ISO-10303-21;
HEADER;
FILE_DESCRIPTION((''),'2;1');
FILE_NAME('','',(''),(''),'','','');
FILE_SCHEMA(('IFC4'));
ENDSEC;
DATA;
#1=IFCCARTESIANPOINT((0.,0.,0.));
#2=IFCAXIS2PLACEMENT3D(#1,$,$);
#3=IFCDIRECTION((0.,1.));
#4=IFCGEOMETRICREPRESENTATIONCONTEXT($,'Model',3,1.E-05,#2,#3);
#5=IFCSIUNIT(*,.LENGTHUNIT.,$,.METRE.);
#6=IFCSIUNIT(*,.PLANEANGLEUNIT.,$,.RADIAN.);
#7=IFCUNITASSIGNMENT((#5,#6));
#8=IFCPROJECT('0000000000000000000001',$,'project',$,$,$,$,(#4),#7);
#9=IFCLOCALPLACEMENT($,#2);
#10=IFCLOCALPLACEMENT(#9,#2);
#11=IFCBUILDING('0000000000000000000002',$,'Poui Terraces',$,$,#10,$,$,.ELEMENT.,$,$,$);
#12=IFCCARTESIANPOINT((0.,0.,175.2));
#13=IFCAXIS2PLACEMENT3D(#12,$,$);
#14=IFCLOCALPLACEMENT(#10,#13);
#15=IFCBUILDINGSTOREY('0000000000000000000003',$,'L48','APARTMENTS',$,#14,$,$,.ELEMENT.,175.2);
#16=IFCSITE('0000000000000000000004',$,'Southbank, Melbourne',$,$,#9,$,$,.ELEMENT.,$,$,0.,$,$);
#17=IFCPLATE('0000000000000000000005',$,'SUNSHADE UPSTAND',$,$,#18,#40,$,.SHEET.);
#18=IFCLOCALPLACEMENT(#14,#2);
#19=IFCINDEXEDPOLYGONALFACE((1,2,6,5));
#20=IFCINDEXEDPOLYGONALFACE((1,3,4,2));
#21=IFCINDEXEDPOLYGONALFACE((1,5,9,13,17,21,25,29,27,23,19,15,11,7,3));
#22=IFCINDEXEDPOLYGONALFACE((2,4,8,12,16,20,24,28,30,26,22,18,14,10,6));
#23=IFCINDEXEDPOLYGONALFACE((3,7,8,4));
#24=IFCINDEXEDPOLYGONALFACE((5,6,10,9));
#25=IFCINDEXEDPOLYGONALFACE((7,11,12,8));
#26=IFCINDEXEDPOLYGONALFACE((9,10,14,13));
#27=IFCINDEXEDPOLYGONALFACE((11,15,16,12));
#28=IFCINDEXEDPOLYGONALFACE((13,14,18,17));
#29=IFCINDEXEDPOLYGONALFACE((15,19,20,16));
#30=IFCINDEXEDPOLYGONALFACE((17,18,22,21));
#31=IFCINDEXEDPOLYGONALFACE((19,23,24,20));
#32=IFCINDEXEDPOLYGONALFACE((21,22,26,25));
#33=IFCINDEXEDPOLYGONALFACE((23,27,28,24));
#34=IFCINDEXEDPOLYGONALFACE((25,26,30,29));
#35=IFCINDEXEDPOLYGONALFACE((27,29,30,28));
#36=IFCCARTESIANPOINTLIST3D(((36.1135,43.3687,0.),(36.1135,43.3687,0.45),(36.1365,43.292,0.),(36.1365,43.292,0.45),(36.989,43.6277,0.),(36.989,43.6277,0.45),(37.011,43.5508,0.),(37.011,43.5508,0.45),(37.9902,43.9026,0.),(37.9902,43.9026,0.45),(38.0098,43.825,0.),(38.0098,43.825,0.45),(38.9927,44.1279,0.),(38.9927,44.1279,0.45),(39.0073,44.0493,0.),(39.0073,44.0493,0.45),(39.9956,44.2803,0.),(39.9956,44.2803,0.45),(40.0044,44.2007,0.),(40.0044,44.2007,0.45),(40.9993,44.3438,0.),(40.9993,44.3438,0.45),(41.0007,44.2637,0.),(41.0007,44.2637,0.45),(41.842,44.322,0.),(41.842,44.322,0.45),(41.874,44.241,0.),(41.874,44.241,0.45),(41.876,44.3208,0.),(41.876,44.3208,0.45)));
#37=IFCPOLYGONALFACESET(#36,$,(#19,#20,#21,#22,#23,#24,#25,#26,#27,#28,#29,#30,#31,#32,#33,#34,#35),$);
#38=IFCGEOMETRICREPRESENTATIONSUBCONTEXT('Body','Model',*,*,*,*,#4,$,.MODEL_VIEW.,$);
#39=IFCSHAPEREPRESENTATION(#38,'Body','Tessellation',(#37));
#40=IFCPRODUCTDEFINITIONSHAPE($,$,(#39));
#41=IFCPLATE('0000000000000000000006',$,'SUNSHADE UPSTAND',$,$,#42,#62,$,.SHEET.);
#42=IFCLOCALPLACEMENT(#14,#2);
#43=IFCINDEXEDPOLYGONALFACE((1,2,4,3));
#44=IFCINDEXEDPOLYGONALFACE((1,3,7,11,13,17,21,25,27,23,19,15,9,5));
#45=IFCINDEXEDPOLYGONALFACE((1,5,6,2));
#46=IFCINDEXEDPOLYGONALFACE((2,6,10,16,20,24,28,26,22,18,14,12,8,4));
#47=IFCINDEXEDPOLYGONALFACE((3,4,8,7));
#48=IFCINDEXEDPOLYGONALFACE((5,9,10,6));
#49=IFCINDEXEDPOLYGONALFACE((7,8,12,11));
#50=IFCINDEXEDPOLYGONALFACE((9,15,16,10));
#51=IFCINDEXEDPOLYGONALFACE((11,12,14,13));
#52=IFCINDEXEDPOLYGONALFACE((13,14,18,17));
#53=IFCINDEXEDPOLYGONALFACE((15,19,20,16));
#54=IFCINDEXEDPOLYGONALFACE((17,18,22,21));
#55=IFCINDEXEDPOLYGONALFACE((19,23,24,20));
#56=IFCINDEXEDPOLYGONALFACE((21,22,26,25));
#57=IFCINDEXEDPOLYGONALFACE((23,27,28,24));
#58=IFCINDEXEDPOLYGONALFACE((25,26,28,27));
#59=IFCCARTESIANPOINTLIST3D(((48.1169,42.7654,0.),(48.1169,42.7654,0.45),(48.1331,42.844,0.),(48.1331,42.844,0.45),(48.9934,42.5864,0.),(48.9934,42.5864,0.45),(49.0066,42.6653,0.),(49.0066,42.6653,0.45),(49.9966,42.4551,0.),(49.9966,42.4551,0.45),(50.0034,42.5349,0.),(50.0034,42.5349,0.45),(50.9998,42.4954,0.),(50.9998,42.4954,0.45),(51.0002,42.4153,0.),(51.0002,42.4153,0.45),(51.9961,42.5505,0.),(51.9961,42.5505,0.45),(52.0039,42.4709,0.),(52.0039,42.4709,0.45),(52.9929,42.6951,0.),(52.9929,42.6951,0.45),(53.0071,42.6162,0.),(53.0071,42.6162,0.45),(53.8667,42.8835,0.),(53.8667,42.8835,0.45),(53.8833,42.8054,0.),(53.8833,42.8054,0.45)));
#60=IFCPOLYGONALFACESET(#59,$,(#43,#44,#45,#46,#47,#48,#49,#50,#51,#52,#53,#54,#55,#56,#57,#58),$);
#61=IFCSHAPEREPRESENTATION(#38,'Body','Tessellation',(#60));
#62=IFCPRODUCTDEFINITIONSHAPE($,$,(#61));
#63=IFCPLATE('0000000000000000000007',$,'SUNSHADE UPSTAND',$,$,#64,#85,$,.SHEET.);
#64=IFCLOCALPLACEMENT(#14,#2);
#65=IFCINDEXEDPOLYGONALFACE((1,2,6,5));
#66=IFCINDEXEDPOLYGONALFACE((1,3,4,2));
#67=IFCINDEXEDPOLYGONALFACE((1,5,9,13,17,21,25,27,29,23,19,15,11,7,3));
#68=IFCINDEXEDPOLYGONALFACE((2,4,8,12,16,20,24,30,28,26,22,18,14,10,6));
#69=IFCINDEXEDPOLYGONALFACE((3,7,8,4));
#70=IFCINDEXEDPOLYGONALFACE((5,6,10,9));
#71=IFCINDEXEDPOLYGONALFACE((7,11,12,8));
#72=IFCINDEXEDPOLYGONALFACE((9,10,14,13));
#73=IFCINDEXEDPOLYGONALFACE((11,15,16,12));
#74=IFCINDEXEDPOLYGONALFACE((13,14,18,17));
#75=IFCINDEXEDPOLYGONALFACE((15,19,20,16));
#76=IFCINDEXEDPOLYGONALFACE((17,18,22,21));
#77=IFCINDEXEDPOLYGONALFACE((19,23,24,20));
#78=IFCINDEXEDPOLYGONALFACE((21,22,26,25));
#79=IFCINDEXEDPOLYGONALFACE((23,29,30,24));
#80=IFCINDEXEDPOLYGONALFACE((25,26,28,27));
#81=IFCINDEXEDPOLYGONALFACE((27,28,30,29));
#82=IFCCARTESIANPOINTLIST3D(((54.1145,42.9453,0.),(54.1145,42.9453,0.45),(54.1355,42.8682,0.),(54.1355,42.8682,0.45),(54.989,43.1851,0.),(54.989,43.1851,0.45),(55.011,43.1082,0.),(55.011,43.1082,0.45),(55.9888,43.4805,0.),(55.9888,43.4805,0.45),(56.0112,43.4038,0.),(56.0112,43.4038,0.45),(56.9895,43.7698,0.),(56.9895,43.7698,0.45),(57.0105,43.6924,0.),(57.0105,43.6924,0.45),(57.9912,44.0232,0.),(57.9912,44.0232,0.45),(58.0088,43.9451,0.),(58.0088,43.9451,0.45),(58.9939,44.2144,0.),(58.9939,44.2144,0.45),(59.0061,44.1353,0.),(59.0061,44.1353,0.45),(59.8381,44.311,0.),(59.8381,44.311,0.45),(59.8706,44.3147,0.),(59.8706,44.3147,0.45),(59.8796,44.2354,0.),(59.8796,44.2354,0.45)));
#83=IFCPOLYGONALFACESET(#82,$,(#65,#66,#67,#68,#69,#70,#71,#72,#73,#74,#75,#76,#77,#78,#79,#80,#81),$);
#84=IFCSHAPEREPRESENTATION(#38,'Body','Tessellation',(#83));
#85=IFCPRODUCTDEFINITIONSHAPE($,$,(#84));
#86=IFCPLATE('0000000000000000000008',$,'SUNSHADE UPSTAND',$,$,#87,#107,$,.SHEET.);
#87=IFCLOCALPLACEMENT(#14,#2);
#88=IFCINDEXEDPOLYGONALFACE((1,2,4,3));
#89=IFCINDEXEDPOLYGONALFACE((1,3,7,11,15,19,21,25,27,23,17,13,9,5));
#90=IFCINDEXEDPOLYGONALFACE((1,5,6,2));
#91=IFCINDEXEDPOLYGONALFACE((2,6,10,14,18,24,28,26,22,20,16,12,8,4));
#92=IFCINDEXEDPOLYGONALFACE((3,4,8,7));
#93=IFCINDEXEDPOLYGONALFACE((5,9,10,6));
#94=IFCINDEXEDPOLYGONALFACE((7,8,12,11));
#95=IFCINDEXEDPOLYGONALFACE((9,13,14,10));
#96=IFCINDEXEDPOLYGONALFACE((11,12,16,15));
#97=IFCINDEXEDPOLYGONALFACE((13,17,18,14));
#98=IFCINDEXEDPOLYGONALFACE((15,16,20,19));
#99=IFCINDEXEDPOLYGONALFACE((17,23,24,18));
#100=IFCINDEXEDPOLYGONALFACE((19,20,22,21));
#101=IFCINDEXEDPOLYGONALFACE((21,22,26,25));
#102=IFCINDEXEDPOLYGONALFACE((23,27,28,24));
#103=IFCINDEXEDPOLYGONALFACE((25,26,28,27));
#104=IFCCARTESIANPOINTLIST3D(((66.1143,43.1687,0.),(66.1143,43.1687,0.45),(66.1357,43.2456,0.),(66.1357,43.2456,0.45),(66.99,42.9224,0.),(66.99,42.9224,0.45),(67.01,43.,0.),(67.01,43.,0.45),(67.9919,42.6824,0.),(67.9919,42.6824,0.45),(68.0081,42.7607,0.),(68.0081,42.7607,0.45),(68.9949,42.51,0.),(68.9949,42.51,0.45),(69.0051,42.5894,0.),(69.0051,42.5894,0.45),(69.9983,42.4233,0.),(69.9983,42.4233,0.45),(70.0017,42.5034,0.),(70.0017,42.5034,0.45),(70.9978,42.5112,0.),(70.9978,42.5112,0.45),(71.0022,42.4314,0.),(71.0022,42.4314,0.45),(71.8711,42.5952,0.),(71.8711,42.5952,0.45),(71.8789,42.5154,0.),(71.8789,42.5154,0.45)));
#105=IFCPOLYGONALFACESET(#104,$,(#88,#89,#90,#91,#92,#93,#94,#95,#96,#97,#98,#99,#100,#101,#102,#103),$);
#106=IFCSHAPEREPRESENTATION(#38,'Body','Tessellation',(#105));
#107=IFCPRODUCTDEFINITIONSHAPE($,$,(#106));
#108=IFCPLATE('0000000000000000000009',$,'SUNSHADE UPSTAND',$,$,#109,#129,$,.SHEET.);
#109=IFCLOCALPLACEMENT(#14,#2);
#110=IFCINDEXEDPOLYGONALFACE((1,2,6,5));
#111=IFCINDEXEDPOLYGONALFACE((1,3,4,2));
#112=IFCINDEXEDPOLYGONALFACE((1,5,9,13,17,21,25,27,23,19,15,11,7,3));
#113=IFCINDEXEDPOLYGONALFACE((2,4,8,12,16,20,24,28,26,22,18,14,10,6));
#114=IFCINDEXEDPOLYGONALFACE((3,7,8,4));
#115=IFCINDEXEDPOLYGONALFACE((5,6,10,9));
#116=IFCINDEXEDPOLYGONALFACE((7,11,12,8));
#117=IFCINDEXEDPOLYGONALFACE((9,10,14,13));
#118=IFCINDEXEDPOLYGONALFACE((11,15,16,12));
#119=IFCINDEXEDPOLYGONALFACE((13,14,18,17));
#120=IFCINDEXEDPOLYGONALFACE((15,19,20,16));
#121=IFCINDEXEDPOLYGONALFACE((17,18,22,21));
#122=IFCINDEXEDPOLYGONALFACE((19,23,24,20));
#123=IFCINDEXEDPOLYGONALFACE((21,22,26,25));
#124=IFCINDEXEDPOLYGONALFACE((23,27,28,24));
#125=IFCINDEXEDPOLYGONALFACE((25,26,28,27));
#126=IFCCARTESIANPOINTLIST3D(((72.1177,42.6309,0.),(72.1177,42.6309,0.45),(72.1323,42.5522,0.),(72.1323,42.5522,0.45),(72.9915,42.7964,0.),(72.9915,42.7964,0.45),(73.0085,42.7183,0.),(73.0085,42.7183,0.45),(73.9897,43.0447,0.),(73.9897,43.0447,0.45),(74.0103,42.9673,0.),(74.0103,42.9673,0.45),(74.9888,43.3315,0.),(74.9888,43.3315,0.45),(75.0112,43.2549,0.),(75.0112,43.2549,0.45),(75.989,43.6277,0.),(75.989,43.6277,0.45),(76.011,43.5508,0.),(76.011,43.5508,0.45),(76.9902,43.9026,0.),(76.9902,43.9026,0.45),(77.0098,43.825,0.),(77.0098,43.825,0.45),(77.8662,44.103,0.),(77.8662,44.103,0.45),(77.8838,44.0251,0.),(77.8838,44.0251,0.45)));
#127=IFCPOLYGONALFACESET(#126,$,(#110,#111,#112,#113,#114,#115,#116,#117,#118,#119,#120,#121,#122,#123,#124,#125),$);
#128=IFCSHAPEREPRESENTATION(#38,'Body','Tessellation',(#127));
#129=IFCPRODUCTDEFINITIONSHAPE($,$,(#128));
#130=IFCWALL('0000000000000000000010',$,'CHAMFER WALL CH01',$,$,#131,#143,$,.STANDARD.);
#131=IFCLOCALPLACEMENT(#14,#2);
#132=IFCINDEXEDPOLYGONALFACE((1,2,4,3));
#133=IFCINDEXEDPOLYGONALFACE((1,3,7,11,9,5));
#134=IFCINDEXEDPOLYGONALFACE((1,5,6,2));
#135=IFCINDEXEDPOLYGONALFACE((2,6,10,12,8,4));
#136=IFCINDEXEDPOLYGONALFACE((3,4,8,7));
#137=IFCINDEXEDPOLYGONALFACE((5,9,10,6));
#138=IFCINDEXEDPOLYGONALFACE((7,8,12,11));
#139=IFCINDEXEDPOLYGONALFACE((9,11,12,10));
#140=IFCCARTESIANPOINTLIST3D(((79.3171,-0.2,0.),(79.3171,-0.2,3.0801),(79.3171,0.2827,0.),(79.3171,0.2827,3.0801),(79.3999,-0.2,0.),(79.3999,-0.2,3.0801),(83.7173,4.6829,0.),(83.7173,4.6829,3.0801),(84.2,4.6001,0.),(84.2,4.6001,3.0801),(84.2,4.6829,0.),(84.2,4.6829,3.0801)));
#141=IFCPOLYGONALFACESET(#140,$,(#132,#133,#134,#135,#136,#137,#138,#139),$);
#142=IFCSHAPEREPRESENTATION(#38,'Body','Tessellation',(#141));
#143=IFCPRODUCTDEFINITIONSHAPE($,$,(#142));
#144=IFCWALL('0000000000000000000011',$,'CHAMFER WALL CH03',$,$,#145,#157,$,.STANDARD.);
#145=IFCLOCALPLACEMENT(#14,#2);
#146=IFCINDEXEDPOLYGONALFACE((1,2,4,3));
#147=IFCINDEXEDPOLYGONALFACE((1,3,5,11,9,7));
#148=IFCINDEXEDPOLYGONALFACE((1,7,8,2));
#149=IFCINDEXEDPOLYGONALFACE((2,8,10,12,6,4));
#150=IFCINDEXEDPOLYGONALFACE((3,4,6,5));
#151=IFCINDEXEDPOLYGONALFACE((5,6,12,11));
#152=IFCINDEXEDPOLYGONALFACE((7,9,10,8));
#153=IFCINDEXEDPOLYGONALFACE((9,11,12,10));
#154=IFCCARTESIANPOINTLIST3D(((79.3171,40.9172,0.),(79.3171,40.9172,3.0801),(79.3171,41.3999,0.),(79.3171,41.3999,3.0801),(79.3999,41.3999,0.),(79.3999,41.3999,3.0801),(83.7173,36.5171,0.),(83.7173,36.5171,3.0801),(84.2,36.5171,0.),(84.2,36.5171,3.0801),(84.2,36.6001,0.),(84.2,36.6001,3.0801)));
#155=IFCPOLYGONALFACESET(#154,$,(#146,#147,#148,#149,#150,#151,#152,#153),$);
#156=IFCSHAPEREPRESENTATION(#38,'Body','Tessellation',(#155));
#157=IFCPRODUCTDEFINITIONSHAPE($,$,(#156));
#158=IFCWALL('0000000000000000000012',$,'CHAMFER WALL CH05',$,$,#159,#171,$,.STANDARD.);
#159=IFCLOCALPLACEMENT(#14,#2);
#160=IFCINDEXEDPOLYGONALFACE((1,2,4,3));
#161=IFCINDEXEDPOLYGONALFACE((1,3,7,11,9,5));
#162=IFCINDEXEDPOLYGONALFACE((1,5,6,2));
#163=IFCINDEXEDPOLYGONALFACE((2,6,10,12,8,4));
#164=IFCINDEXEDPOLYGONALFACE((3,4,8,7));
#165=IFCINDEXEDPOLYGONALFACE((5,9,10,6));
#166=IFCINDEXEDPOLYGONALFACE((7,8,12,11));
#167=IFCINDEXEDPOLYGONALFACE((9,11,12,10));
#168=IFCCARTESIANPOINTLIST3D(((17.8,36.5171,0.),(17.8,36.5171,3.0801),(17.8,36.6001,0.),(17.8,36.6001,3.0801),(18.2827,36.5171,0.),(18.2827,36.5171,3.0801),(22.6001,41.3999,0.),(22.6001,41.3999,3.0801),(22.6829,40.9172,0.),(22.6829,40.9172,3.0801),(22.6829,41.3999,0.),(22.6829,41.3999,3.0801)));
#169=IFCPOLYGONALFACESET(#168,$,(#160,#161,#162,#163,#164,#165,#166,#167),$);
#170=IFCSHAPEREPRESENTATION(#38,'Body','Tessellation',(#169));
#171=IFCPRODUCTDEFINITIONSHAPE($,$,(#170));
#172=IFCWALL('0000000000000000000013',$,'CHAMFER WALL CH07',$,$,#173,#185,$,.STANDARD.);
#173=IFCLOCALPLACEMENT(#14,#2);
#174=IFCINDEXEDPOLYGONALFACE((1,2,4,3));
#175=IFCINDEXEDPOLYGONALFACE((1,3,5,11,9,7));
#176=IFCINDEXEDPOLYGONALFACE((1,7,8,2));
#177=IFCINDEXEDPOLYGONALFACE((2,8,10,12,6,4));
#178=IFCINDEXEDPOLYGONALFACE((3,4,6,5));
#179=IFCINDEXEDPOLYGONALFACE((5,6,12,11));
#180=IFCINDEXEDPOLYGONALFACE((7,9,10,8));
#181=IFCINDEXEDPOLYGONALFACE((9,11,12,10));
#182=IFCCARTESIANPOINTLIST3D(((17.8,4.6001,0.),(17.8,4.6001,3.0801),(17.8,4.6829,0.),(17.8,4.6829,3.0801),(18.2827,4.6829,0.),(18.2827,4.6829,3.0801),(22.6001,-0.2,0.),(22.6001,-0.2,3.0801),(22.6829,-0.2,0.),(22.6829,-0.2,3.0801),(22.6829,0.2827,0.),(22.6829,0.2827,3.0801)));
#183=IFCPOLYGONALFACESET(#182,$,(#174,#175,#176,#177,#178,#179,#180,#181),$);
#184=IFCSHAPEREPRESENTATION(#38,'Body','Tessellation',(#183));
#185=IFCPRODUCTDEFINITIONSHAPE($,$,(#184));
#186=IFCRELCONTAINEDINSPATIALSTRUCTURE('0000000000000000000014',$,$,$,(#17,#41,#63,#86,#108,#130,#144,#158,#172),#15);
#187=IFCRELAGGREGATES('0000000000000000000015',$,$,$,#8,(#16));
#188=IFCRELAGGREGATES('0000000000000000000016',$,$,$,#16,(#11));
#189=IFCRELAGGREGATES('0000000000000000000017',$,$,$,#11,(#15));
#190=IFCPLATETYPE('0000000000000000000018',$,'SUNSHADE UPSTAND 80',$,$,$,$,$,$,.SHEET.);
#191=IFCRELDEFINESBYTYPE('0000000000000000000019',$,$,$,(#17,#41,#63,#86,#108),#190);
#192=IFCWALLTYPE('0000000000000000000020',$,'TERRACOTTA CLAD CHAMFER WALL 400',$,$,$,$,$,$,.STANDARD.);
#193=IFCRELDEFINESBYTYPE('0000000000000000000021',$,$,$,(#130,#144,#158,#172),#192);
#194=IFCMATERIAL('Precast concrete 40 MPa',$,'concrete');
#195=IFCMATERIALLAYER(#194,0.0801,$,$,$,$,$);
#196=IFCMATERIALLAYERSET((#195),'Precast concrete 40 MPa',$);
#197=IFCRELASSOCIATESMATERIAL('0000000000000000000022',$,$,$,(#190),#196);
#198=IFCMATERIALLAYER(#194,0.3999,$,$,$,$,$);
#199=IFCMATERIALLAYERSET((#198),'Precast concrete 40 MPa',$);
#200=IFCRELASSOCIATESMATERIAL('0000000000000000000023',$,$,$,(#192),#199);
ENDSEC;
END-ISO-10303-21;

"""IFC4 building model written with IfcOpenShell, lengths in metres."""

from ifc_helpers import new_model, si_unit, direction, frame, origin, place, context, subcontext, project, spatial, polyline, outline, extrude, material, layer, layer_set, type_object, element, save


model = new_model("IFC4")

# Units and contexts
model_context = context("Model", 3, precision=1e-05, world=origin(), true_north=direction((0.0, 1.0)))
body_context = subcontext(model_context, "Body", "Model", "MODEL_VIEW")
ifc_project = project(units=[si_unit("LENGTHUNIT", "METRE"), si_unit("PLANEANGLEUNIT", "RADIAN")], contexts=[model_context])

# Site, building, storey
site_placement = place(None, origin())
site = spatial("IfcSite", under=ifc_project, at=site_placement, Name="Southbank, Melbourne", CompositionType="ELEMENT", RefElevation=0.0)
building_placement = place(site_placement, origin())
building = spatial("IfcBuilding", under=site, at=building_placement, Name="Poui Terraces", CompositionType="ELEMENT")
storey_placement = place(building_placement, frame((0.0, 0.0, 175.2)))
storey = spatial("IfcBuildingStorey", under=building, at=storey_placement, Name="L48", Description="APARTMENTS", CompositionType="ELEMENT", Elevation=175.2)

# Shared definitions
ifc_material_1 = material(Name="Precast concrete 40 MPa", Category="concrete")

# Plates
ifc_layer_1 = layer(ifc_material_1, 0.0801)
ifc_layer_set_1 = layer_set([ifc_layer_1], Name="Precast concrete 40 MPa")
plate_type = type_object("IfcPlateType", Name="SUNSHADE UPSTAND 80", PredefinedType="SHEET", material=ifc_layer_set_1)
plate_1_placement = place(storey_placement, origin())
element("IfcPlate", 1, at=plate_1_placement, inside=storey, type_object=plate_type, Name="SUNSHADE UPSTAND", PredefinedType="SHEET", context=body_context, shape_type="SweptSolid", body=[
    extrude(outline(polyline([(36.989, 43.6277), (36.1135, 43.3687), (36.1365, 43.292), (37.011, 43.5508), (38.0098, 43.825), (39.0073, 44.0493), (40.0044, 44.2007), (41.0007, 44.2637), (41.874, 44.241), (41.876, 44.3208), (41.842, 44.322), (40.9993, 44.3438), (39.9956, 44.2803), (38.9927, 44.1279), (37.9902, 43.9026), (36.989, 43.6277)])), origin(), (0.0, 0.0, 1.0), 0.45),
])
plate_2_placement = place(storey_placement, origin())
element("IfcPlate", 2, at=plate_2_placement, inside=storey, type_object=plate_type, Name="SUNSHADE UPSTAND", PredefinedType="SHEET", context=body_context, shape_type="SweptSolid", body=[
    extrude(outline(polyline([(49.0066, 42.6653), (48.1331, 42.844), (48.1169, 42.7654), (48.9934, 42.5864), (49.9966, 42.4551), (51.0002, 42.4153), (52.0039, 42.4709), (53.0071, 42.6162), (53.8833, 42.8054), (53.8667, 42.8835), (52.9929, 42.6951), (51.9961, 42.5505), (50.9998, 42.4954), (50.0034, 42.5349), (49.0066, 42.6653)])), origin(), (0.0, 0.0, 1.0), 0.45),
])
plate_3_placement = place(storey_placement, origin())
element("IfcPlate", 3, at=plate_3_placement, inside=storey, type_object=plate_type, Name="SUNSHADE UPSTAND", PredefinedType="SHEET", context=body_context, shape_type="SweptSolid", body=[
    extrude(outline(polyline([(54.989, 43.1851), (54.1145, 42.9453), (54.1355, 42.8682), (55.011, 43.1082), (56.0112, 43.4038), (57.0105, 43.6924), (58.0088, 43.9451), (59.0061, 44.1353), (59.8796, 44.2354), (59.8706, 44.3147), (59.8381, 44.311), (58.9939, 44.2144), (57.9912, 44.0232), (56.9895, 43.7698), (55.9888, 43.4805), (54.989, 43.1851)])), origin(), (0.0, 0.0, 1.0), 0.45),
])
plate_4_placement = place(storey_placement, origin())
element("IfcPlate", 4, at=plate_4_placement, inside=storey, type_object=plate_type, Name="SUNSHADE UPSTAND", PredefinedType="SHEET", context=body_context, shape_type="SweptSolid", body=[
    extrude(outline(polyline([(67.01, 43.0), (66.1357, 43.2456), (66.1143, 43.1687), (66.99, 42.9224), (67.9919, 42.6824), (68.9949, 42.51), (69.9983, 42.4233), (71.0022, 42.4314), (71.8789, 42.5154), (71.8711, 42.5952), (70.9978, 42.5112), (70.0017, 42.5034), (69.0051, 42.5894), (68.0081, 42.7607), (67.01, 43.0)])), origin(), (0.0, 0.0, 1.0), 0.45),
])
plate_5_placement = place(storey_placement, origin())
element("IfcPlate", 5, at=plate_5_placement, inside=storey, type_object=plate_type, Name="SUNSHADE UPSTAND", PredefinedType="SHEET", context=body_context, shape_type="SweptSolid", body=[
    extrude(outline(polyline([(72.9915, 42.7964), (72.1177, 42.6309), (72.1323, 42.5522), (73.0085, 42.7183), (74.0103, 42.9673), (75.0112, 43.2549), (76.011, 43.5508), (77.0098, 43.825), (77.8838, 44.0251), (77.8662, 44.103), (76.9902, 43.9026), (75.989, 43.6277), (74.9888, 43.3315), (73.9897, 43.0447), (72.9915, 42.7964)])), origin(), (0.0, 0.0, 1.0), 0.45),
])

# Walls
ifc_layer_2 = layer(ifc_material_1, 0.3999)
ifc_layer_set_2 = layer_set([ifc_layer_2], Name="Precast concrete 40 MPa")
wall_type = type_object("IfcWallType", Name="TERRACOTTA CLAD CHAMFER WALL 400", PredefinedType="STANDARD", material=ifc_layer_set_2)
wall_1_placement = place(storey_placement, origin())
element("IfcWall", 6, at=wall_1_placement, inside=storey, type_object=wall_type, Name="CHAMFER WALL CH01", PredefinedType="STANDARD", context=body_context, shape_type="SweptSolid", body=[
    extrude(outline(polyline([(79.3171, -0.2), (79.3999, -0.2), (84.2, 4.6001), (84.2, 4.6829), (83.7173, 4.6829), (79.3171, 0.2827), (79.3171, -0.2)])), origin(), (0.0, 0.0, 1.0), 3.0801),
])
wall_2_placement = place(storey_placement, origin())
element("IfcWall", 7, at=wall_2_placement, inside=storey, type_object=wall_type, Name="CHAMFER WALL CH03", PredefinedType="STANDARD", context=body_context, shape_type="SweptSolid", body=[
    extrude(outline(polyline([(84.2, 36.5171), (84.2, 36.6001), (79.3999, 41.3999), (79.3171, 41.3999), (79.3171, 40.9172), (83.7173, 36.5171), (84.2, 36.5171)])), origin(), (0.0, 0.0, 1.0), 3.0801),
])
wall_3_placement = place(storey_placement, origin())
element("IfcWall", 8, at=wall_3_placement, inside=storey, type_object=wall_type, Name="CHAMFER WALL CH05", PredefinedType="STANDARD", context=body_context, shape_type="SweptSolid", body=[
    extrude(outline(polyline([(22.6829, 41.3999), (22.6001, 41.3999), (17.8, 36.6001), (17.8, 36.5171), (18.2827, 36.5171), (22.6829, 40.9172), (22.6829, 41.3999)])), origin(), (0.0, 0.0, 1.0), 3.0801),
])
wall_4_placement = place(storey_placement, origin())
element("IfcWall", 9, at=wall_4_placement, inside=storey, type_object=wall_type, Name="CHAMFER WALL CH07", PredefinedType="STANDARD", context=body_context, shape_type="SweptSolid", body=[
    extrude(outline(polyline([(17.8, 4.6829), (17.8, 4.6001), (22.6001, -0.2), (22.6829, -0.2), (22.6829, 0.2827), (18.2827, 4.6829), (17.8, 4.6829)])), origin(), (0.0, 0.0, 1.0), 3.0801),
])

save(model, "model.ifc")
